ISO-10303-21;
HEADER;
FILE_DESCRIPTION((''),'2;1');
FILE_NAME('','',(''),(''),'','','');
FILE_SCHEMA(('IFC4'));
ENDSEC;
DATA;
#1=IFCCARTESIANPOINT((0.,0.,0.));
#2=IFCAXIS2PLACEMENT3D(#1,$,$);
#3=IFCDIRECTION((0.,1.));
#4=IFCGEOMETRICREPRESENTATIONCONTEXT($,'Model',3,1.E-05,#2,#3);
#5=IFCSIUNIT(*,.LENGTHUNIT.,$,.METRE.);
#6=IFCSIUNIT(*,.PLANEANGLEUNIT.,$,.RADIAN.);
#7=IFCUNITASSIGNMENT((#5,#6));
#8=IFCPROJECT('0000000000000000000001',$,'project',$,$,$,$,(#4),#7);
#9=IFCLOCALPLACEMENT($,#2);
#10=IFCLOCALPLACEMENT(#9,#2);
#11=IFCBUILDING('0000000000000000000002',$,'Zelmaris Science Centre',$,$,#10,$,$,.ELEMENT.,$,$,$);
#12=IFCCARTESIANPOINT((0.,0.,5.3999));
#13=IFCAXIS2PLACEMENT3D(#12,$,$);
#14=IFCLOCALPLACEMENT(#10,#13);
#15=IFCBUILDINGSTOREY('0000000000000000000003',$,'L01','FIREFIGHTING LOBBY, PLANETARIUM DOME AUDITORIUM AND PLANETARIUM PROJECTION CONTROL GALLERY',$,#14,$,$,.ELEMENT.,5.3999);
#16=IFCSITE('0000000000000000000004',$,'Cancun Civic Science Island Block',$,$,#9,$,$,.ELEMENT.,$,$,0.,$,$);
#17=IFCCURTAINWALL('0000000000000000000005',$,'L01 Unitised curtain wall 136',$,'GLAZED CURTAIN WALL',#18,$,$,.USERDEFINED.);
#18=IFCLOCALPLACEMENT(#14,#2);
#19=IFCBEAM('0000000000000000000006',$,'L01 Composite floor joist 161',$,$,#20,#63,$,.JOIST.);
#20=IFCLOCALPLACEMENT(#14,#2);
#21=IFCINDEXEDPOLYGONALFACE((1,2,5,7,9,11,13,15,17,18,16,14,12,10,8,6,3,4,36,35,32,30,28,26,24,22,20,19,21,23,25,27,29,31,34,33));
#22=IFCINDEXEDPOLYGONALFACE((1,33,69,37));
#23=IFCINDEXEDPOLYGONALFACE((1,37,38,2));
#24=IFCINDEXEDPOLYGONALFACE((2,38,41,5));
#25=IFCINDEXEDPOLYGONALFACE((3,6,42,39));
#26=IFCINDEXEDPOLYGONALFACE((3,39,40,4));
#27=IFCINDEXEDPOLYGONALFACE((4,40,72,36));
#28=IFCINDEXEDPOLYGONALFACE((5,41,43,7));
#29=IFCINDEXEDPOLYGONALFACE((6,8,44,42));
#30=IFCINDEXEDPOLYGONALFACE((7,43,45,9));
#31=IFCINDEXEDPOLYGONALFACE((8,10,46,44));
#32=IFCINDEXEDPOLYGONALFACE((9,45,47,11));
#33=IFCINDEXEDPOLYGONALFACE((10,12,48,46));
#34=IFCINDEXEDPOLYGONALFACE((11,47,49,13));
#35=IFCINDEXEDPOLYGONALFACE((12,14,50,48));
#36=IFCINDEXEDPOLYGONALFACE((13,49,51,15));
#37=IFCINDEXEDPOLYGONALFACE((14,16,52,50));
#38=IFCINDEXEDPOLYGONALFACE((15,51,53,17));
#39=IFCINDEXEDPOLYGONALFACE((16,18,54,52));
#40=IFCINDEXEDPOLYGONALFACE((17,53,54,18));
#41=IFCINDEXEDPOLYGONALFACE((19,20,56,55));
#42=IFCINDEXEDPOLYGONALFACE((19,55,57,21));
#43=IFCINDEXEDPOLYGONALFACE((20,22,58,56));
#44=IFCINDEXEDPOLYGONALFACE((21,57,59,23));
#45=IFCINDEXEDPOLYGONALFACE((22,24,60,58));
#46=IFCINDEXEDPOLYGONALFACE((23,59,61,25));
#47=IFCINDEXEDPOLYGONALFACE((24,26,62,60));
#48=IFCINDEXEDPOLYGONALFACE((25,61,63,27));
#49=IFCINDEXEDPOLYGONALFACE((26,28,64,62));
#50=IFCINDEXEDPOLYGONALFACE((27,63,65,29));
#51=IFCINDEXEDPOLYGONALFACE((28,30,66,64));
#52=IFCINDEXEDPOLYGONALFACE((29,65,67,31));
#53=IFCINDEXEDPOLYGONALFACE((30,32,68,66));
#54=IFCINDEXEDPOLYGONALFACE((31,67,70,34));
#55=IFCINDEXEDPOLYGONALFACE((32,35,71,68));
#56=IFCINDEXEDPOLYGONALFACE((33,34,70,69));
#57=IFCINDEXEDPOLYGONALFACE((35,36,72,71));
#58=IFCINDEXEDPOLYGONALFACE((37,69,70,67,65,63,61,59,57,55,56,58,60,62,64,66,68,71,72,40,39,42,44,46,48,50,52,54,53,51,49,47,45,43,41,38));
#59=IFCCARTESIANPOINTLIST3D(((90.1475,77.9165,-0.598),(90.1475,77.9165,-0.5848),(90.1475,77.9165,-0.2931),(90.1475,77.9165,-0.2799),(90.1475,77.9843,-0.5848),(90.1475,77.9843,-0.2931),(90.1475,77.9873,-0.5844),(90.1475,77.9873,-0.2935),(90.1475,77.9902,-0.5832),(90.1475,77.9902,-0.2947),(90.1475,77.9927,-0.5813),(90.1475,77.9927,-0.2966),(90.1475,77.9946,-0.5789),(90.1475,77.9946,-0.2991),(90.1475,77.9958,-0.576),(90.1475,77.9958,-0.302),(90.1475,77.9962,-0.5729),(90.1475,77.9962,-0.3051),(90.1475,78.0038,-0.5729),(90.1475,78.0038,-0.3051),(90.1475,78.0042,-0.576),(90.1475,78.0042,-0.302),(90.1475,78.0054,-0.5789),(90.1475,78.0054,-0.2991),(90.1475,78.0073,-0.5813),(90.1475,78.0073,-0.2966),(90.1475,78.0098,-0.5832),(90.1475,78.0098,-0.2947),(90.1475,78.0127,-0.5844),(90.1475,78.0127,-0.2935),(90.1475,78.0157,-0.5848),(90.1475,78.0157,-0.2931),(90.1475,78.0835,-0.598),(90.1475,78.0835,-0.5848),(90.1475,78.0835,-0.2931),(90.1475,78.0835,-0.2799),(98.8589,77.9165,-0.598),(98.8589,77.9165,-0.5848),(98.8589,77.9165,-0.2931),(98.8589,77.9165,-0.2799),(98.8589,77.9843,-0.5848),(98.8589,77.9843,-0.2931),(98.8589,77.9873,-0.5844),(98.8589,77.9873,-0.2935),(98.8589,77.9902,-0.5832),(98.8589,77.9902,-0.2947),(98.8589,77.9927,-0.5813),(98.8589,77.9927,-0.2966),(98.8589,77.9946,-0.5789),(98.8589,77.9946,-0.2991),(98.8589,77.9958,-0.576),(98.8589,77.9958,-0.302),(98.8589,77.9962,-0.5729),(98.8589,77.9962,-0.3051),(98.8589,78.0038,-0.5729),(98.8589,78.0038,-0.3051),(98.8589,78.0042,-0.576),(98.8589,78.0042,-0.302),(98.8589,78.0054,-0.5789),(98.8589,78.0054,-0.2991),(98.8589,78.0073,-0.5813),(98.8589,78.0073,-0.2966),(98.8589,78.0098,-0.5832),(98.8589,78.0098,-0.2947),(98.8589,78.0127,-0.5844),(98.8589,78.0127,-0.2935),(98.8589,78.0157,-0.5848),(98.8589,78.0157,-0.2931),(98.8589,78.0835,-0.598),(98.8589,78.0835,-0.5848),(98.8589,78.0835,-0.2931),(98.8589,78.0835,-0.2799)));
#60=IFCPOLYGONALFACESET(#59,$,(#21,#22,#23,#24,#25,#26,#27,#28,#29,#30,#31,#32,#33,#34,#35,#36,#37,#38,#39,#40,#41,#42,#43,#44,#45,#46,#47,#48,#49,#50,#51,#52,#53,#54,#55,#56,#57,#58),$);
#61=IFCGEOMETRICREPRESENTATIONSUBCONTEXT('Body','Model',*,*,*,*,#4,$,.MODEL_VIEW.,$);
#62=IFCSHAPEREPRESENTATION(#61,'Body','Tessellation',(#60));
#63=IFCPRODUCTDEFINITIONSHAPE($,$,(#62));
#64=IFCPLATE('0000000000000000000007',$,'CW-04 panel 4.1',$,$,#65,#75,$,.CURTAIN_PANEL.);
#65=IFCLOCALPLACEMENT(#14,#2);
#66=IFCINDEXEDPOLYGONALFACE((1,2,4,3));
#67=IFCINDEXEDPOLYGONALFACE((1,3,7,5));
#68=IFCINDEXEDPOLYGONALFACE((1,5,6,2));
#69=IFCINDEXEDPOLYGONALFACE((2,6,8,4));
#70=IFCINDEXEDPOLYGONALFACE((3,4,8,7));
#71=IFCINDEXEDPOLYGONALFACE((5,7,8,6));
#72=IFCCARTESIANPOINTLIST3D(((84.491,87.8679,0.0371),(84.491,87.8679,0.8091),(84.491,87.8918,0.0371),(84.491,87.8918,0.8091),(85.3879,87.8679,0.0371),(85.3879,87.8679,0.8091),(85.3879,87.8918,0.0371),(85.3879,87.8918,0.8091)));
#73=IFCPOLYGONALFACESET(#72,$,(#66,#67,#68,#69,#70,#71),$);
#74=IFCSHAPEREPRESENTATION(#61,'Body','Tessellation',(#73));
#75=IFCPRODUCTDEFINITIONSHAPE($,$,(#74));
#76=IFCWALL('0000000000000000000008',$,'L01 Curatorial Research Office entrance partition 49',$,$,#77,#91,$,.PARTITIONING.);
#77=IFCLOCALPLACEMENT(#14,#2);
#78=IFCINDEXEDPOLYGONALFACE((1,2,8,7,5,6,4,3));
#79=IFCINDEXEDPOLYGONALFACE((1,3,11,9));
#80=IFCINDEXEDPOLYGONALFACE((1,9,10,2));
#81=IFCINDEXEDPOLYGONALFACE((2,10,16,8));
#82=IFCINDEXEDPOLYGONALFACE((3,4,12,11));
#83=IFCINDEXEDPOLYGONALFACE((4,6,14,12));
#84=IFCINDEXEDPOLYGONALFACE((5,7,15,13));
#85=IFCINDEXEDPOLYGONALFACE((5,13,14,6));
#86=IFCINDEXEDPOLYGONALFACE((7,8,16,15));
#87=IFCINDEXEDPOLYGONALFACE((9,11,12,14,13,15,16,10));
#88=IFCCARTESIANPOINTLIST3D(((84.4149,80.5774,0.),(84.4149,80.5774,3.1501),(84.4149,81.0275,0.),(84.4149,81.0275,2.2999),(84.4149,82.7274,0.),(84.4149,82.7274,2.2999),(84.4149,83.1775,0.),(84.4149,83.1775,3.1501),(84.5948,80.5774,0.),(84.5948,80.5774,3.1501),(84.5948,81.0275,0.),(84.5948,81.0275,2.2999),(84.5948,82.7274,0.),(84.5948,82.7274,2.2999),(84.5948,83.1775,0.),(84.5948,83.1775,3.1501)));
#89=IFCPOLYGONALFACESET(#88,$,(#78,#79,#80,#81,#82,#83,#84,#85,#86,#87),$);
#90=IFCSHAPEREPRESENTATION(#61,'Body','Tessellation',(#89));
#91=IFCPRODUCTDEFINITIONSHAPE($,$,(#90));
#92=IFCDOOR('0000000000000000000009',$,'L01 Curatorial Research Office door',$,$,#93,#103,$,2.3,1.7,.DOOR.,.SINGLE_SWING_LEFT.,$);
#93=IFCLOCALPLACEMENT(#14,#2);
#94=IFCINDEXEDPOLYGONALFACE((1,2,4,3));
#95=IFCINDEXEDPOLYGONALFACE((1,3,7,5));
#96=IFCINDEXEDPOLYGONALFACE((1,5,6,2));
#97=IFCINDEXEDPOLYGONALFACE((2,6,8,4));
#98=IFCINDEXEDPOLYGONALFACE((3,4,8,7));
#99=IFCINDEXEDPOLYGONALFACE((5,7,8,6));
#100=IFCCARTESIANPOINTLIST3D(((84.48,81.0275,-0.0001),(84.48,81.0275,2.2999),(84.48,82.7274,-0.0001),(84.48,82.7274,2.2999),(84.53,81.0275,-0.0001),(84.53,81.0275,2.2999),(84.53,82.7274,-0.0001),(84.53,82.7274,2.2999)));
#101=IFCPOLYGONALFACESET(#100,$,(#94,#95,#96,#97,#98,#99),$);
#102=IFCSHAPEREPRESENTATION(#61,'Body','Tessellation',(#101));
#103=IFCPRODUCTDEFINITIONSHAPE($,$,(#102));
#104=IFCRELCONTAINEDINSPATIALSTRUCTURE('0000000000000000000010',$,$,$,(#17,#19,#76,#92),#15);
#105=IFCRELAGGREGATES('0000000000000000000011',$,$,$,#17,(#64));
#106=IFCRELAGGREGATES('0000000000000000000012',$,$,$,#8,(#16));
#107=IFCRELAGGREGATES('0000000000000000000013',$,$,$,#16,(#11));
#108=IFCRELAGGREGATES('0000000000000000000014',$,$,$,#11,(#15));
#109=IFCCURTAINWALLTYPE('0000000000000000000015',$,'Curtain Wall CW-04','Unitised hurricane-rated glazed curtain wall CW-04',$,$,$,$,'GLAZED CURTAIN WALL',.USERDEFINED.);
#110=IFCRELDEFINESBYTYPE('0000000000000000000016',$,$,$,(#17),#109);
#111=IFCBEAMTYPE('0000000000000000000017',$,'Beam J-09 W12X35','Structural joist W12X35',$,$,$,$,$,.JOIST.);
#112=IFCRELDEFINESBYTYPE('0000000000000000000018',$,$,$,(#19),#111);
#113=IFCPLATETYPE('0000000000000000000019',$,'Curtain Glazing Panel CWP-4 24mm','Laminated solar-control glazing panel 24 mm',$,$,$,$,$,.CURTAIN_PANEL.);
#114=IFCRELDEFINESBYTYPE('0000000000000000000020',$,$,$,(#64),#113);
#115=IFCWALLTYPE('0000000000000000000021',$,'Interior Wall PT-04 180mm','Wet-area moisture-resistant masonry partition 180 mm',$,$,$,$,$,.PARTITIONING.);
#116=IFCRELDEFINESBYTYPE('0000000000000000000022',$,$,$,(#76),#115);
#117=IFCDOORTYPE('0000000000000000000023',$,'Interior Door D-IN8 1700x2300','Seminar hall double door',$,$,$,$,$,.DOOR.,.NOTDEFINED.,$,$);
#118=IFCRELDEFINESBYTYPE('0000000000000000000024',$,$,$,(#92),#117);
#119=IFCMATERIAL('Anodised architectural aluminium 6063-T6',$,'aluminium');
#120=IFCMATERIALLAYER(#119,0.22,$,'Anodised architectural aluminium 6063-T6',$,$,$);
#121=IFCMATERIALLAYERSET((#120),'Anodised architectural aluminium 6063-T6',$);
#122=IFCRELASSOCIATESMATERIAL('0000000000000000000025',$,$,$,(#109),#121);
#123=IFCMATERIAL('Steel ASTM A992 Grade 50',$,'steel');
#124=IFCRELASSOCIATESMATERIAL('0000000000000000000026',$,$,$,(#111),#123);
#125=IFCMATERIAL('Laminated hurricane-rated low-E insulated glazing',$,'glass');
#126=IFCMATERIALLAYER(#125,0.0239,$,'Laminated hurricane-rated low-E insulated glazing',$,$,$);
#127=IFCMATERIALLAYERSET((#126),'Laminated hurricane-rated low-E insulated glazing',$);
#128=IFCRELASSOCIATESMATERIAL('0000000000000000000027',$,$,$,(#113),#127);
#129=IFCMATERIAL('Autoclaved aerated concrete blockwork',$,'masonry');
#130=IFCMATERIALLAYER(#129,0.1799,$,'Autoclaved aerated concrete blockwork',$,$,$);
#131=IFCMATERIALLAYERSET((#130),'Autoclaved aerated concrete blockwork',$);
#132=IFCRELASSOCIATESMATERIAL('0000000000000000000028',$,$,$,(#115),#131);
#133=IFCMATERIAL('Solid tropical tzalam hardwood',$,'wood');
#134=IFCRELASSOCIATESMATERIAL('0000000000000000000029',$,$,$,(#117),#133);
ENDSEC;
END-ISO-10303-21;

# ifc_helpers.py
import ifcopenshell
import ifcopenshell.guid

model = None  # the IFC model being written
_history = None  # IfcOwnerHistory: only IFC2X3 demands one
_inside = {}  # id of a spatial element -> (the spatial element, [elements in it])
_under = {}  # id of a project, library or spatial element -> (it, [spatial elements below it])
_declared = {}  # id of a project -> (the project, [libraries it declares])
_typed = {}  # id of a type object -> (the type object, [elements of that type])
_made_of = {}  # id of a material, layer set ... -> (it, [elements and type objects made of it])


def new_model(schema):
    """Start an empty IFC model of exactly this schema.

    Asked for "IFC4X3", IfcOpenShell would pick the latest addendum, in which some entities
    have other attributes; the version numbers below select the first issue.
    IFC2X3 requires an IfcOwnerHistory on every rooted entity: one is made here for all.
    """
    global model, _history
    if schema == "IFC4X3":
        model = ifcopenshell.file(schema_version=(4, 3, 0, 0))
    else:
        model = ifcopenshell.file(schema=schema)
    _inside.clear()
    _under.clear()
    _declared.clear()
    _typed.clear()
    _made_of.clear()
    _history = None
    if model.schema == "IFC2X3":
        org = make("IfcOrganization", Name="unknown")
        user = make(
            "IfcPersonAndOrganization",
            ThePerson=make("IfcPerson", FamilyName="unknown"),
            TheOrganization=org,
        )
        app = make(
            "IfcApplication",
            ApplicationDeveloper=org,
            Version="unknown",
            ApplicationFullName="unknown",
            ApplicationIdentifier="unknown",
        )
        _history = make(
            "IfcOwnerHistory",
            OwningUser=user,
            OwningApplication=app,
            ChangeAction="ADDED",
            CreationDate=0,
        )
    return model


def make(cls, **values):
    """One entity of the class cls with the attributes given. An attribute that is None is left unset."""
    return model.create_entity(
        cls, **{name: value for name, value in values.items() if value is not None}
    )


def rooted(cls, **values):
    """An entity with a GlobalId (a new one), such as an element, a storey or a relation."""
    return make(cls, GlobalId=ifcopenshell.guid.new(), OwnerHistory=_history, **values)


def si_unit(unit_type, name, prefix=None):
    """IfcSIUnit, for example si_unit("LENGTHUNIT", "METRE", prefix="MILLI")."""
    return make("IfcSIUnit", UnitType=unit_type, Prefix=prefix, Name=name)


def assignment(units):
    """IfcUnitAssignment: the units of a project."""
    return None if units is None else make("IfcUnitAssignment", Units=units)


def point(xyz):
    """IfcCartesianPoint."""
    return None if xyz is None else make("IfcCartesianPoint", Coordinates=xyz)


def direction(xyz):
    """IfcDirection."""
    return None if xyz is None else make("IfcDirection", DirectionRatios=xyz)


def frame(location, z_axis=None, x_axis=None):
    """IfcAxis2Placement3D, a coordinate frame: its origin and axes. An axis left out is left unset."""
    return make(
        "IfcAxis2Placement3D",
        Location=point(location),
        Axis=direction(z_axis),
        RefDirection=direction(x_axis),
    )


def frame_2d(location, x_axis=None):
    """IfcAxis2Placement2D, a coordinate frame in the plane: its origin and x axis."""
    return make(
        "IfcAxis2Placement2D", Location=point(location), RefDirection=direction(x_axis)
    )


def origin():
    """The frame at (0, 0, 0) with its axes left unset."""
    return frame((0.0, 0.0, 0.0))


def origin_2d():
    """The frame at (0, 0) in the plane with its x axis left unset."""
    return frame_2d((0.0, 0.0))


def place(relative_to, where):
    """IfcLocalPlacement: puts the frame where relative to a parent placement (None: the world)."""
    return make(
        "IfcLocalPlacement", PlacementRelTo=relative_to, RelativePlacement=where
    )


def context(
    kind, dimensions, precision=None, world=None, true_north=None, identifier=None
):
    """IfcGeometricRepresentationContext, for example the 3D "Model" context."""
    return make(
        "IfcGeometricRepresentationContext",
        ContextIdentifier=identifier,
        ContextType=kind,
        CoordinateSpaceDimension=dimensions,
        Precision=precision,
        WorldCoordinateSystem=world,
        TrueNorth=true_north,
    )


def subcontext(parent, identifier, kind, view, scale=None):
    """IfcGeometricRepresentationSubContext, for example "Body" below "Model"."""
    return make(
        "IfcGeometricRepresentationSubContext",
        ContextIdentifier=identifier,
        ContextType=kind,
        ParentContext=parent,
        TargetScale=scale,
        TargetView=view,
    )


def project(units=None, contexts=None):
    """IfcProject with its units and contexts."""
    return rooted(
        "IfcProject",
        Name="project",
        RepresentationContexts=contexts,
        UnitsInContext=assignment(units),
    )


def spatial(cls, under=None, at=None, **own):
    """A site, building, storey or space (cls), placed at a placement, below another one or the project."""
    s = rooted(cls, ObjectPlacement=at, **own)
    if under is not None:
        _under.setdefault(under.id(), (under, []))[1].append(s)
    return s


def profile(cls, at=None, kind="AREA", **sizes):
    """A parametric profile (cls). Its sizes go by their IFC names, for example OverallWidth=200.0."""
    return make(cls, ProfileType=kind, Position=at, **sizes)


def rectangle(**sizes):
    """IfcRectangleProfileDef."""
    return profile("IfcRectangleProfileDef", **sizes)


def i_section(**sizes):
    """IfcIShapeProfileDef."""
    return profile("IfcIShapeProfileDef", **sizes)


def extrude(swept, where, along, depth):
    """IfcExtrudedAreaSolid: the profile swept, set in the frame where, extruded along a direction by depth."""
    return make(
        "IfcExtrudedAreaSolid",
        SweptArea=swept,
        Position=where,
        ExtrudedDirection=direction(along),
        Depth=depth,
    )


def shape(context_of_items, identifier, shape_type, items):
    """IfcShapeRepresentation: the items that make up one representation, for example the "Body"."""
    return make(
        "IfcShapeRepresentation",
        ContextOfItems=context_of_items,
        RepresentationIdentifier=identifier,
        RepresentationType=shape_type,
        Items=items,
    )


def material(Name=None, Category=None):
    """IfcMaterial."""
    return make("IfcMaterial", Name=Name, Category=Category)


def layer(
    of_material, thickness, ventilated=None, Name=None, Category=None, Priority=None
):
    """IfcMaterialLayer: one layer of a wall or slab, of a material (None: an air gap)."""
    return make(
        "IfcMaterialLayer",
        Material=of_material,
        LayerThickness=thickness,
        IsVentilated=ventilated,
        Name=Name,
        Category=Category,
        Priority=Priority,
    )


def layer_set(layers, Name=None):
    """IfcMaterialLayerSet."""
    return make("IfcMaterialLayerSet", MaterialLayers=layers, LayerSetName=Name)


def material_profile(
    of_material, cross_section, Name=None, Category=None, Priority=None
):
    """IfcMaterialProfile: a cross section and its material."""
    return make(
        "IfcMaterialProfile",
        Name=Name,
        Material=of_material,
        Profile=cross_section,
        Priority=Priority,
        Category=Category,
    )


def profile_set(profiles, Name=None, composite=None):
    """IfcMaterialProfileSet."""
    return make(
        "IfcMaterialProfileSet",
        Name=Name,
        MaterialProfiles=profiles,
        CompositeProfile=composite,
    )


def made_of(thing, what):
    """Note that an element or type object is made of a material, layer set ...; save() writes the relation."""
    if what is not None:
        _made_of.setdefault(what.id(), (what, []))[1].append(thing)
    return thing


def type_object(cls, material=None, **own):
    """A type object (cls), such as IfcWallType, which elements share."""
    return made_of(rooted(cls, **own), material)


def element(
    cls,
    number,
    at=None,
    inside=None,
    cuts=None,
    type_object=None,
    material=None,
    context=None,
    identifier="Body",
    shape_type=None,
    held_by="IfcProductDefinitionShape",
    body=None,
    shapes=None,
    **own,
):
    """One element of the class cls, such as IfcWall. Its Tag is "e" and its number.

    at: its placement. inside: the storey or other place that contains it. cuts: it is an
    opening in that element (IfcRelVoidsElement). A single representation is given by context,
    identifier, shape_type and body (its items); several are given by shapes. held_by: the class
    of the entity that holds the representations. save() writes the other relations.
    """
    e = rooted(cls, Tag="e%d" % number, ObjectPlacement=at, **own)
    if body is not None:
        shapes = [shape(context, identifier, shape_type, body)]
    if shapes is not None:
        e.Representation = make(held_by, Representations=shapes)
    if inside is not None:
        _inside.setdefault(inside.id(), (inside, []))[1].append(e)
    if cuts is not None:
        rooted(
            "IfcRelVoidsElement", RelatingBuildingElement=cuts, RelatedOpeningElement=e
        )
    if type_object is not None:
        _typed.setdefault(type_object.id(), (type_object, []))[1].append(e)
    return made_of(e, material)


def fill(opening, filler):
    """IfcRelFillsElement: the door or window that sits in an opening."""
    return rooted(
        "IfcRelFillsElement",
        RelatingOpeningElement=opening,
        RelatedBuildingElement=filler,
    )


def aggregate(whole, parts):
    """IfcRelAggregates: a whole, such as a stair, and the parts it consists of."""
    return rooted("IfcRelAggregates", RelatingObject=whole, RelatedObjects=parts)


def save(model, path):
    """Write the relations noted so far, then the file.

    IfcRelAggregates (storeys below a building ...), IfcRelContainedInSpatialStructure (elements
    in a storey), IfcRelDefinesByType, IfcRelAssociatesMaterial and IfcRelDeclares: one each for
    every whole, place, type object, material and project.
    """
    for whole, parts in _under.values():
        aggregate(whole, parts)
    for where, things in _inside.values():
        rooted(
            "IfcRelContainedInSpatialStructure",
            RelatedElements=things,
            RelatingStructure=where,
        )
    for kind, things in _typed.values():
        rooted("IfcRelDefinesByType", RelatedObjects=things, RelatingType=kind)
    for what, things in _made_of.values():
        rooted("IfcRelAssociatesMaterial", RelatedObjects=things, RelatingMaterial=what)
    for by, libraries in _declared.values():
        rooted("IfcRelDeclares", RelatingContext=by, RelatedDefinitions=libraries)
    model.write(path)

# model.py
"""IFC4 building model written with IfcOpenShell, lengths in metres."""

from ifc_helpers import new_model, si_unit, direction, frame, frame_2d, origin, origin_2d, place, context, subcontext, project, spatial, rectangle, i_section, extrude, material, layer, layer_set, material_profile, profile_set, type_object, element, fill, aggregate, save


model = new_model("IFC4")

# Units and contexts
model_context = context("Model", 3, precision=1e-05, world=origin(), true_north=direction((0.0, 1.0)))
body_context = subcontext(model_context, "Body", "Model", "MODEL_VIEW")
ifc_project = project(units=[si_unit("LENGTHUNIT", "METRE"), si_unit("PLANEANGLEUNIT", "RADIAN")], contexts=[model_context])

# Site, building, storey
site_placement = place(None, origin())
site = spatial("IfcSite", under=ifc_project, at=site_placement, Name="Cancun Civic Science Island Block", CompositionType="ELEMENT", RefElevation=0.0)
building_placement = place(site_placement, origin())
building = spatial("IfcBuilding", under=site, at=building_placement, Name="Zelmaris Science Centre", CompositionType="ELEMENT")
storey_placement = place(building_placement, frame((0.0, 0.0, 5.3999)))
storey = spatial("IfcBuildingStorey", under=building, at=storey_placement, Name="L01", Description="FIREFIGHTING LOBBY, PLANETARIUM DOME AUDITORIUM AND PLANETARIUM PROJECTION CONTROL GALLERY", CompositionType="ELEMENT", Elevation=5.3999)

# Shared definitions
ifc_material_1 = material(Name="Steel ASTM A992 Grade 50", Category="steel")

# Curtain wall
ifc_material_2 = material(Name="Anodised architectural aluminium 6063-T6", Category="aluminium")
ifc_layer_1 = layer(ifc_material_2, 0.22, Name="Anodised architectural aluminium 6063-T6")
ifc_layer_set_1 = layer_set([ifc_layer_1], Name="Anodised architectural aluminium 6063-T6")
curtain_wall_type = type_object("IfcCurtainWallType", Name="Curtain Wall CW-04", Description="Unitised hurricane-rated glazed curtain wall CW-04", ElementType="GLAZED CURTAIN WALL", PredefinedType="USERDEFINED", material=ifc_layer_set_1)
curtain_wall_placement = place(storey_placement, origin())
curtain_wall = element("IfcCurtainWall", 1, at=curtain_wall_placement, inside=storey, type_object=curtain_wall_type, Name="L01 Unitised curtain wall 136", ObjectType="GLAZED CURTAIN WALL", PredefinedType="USERDEFINED")

# Beam
ifc_material_profile_1 = material_profile(ifc_material_1, i_section(OverallWidth=0.167, OverallDepth=0.3181, WebThickness=0.0076, FlangeThickness=0.0132, FilletRadius=0.012, at=origin_2d()), Name="W12X35")
ifc_profile_set_1 = profile_set([ifc_material_profile_1], Name="Steel ASTM A992 Grade 50")
beam_type_1 = type_object("IfcBeamType", Name="Beam J-09 W12X35", Description="Structural joist W12X35", PredefinedType="JOIST", material=ifc_profile_set_1)
beam_1_placement = place(storey_placement, frame((90.1475, 78.0, -0.439), z_axis=(1.0, 0.0, 0.0), x_axis=(0.0, 1.0, 0.0)))
element("IfcBeam", 2, at=beam_1_placement, inside=storey, type_object=beam_type_1, Name="L01 Composite floor joist 161", PredefinedType="JOIST", context=body_context, shape_type="SweptSolid", body=[
    extrude(i_section(OverallWidth=0.167, OverallDepth=0.3181, WebThickness=0.0076, FlangeThickness=0.0132, FilletRadius=0.012, at=origin_2d()), origin(), (0.0, 0.0, 1.0), 8.7114),
])

# Plate
ifc_material_3 = material(Name="Laminated hurricane-rated low-E insulated glazing", Category="glass")
ifc_layer_2 = layer(ifc_material_3, 0.0239, Name="Laminated hurricane-rated low-E insulated glazing")
ifc_layer_set_2 = layer_set([ifc_layer_2], Name="Laminated hurricane-rated low-E insulated glazing")
plate_type = type_object("IfcPlateType", Name="Curtain Glazing Panel CWP-4 24mm", Description="Laminated solar-control glazing panel 24 mm", PredefinedType="CURTAIN_PANEL", material=ifc_layer_set_2)
plate_placement = place(storey_placement, frame((84.9395, 87.8799, 0.0371), z_axis=(0.0, 0.0, 1.0), x_axis=(1.0, 0.0, 0.0)))
plate = element("IfcPlate", 3, at=plate_placement, type_object=plate_type, Name="CW-04 panel 4.1", PredefinedType="CURTAIN_PANEL", context=body_context, shape_type="SweptSolid", body=[
    extrude(rectangle(XDim=0.897, YDim=0.0239, at=origin_2d()), origin(), (0.0, 0.0, 1.0), 0.772),
])
aggregate(curtain_wall, [plate])

# Wall, opening, door
ifc_material_4 = material(Name="Autoclaved aerated concrete blockwork", Category="masonry")
ifc_layer_3 = layer(ifc_material_4, 0.1799, Name="Autoclaved aerated concrete blockwork")
ifc_layer_set_3 = layer_set([ifc_layer_3], Name="Autoclaved aerated concrete blockwork")
wall_type = type_object("IfcWallType", Name="Interior Wall PT-04 180mm", Description="Wet-area moisture-resistant masonry partition 180 mm", PredefinedType="PARTITIONING", material=ifc_layer_set_3)
wall_placement = place(storey_placement, frame((84.5049, 80.5774, 0.0), z_axis=(0.0, 0.0, 1.0), x_axis=(0.0, 1.0, 0.0)))
wall = element("IfcWall", 4, at=wall_placement, inside=storey, type_object=wall_type, Name="L01 Curatorial Research Office entrance partition 49", PredefinedType="PARTITIONING", context=body_context, shape_type="SweptSolid", body=[
    extrude(rectangle(XDim=2.6001, YDim=0.1799, at=frame_2d((1.3, 0.0))), origin(), (0.0, 0.0, 1.0), 3.1501),
])
opening_placement = place(wall_placement, frame((0.45, 0.0, 0.0)))
opening = element("IfcOpeningElement", 5, at=opening_placement, cuts=wall, PredefinedType="OPENING", context=body_context, shape_type="SweptSolid", body=[
    extrude(rectangle(XDim=1.7, YDim=2.3, at=frame_2d((0.8501, 1.1499))), frame((0.0, 0.0999, 0.0), z_axis=(0.0, -1.0, 0.0), x_axis=(1.0, 0.0, 0.0)), (0.0, 0.0, 1.0), 0.2),
])
ifc_material_5 = material(Name="Solid tropical tzalam hardwood", Category="wood")
door_type = type_object("IfcDoorType", Name="Interior Door D-IN8 1700x2300", Description="Seminar hall double door", OperationType="NOTDEFINED", PredefinedType="DOOR", material=ifc_material_5)
door_placement = place(opening_placement, origin())
door = element("IfcDoor", 6, at=door_placement, inside=storey, type_object=door_type, Name="L01 Curatorial Research Office door", OperationType="SINGLE_SWING_LEFT", OverallHeight=2.3, OverallWidth=1.7, PredefinedType="DOOR", context=body_context, shape_type="SweptSolid", body=[
    extrude(rectangle(XDim=1.7, YDim=2.3, at=frame_2d((0.8501, 1.1499))), frame((0.0, 0.0249, 0.0), z_axis=(0.0, -1.0, 0.0), x_axis=(1.0, 0.0, 0.0)), (0.0, 0.0, 1.0), 0.05),
])
fill(opening, door)

save(model, "model.ifc")
